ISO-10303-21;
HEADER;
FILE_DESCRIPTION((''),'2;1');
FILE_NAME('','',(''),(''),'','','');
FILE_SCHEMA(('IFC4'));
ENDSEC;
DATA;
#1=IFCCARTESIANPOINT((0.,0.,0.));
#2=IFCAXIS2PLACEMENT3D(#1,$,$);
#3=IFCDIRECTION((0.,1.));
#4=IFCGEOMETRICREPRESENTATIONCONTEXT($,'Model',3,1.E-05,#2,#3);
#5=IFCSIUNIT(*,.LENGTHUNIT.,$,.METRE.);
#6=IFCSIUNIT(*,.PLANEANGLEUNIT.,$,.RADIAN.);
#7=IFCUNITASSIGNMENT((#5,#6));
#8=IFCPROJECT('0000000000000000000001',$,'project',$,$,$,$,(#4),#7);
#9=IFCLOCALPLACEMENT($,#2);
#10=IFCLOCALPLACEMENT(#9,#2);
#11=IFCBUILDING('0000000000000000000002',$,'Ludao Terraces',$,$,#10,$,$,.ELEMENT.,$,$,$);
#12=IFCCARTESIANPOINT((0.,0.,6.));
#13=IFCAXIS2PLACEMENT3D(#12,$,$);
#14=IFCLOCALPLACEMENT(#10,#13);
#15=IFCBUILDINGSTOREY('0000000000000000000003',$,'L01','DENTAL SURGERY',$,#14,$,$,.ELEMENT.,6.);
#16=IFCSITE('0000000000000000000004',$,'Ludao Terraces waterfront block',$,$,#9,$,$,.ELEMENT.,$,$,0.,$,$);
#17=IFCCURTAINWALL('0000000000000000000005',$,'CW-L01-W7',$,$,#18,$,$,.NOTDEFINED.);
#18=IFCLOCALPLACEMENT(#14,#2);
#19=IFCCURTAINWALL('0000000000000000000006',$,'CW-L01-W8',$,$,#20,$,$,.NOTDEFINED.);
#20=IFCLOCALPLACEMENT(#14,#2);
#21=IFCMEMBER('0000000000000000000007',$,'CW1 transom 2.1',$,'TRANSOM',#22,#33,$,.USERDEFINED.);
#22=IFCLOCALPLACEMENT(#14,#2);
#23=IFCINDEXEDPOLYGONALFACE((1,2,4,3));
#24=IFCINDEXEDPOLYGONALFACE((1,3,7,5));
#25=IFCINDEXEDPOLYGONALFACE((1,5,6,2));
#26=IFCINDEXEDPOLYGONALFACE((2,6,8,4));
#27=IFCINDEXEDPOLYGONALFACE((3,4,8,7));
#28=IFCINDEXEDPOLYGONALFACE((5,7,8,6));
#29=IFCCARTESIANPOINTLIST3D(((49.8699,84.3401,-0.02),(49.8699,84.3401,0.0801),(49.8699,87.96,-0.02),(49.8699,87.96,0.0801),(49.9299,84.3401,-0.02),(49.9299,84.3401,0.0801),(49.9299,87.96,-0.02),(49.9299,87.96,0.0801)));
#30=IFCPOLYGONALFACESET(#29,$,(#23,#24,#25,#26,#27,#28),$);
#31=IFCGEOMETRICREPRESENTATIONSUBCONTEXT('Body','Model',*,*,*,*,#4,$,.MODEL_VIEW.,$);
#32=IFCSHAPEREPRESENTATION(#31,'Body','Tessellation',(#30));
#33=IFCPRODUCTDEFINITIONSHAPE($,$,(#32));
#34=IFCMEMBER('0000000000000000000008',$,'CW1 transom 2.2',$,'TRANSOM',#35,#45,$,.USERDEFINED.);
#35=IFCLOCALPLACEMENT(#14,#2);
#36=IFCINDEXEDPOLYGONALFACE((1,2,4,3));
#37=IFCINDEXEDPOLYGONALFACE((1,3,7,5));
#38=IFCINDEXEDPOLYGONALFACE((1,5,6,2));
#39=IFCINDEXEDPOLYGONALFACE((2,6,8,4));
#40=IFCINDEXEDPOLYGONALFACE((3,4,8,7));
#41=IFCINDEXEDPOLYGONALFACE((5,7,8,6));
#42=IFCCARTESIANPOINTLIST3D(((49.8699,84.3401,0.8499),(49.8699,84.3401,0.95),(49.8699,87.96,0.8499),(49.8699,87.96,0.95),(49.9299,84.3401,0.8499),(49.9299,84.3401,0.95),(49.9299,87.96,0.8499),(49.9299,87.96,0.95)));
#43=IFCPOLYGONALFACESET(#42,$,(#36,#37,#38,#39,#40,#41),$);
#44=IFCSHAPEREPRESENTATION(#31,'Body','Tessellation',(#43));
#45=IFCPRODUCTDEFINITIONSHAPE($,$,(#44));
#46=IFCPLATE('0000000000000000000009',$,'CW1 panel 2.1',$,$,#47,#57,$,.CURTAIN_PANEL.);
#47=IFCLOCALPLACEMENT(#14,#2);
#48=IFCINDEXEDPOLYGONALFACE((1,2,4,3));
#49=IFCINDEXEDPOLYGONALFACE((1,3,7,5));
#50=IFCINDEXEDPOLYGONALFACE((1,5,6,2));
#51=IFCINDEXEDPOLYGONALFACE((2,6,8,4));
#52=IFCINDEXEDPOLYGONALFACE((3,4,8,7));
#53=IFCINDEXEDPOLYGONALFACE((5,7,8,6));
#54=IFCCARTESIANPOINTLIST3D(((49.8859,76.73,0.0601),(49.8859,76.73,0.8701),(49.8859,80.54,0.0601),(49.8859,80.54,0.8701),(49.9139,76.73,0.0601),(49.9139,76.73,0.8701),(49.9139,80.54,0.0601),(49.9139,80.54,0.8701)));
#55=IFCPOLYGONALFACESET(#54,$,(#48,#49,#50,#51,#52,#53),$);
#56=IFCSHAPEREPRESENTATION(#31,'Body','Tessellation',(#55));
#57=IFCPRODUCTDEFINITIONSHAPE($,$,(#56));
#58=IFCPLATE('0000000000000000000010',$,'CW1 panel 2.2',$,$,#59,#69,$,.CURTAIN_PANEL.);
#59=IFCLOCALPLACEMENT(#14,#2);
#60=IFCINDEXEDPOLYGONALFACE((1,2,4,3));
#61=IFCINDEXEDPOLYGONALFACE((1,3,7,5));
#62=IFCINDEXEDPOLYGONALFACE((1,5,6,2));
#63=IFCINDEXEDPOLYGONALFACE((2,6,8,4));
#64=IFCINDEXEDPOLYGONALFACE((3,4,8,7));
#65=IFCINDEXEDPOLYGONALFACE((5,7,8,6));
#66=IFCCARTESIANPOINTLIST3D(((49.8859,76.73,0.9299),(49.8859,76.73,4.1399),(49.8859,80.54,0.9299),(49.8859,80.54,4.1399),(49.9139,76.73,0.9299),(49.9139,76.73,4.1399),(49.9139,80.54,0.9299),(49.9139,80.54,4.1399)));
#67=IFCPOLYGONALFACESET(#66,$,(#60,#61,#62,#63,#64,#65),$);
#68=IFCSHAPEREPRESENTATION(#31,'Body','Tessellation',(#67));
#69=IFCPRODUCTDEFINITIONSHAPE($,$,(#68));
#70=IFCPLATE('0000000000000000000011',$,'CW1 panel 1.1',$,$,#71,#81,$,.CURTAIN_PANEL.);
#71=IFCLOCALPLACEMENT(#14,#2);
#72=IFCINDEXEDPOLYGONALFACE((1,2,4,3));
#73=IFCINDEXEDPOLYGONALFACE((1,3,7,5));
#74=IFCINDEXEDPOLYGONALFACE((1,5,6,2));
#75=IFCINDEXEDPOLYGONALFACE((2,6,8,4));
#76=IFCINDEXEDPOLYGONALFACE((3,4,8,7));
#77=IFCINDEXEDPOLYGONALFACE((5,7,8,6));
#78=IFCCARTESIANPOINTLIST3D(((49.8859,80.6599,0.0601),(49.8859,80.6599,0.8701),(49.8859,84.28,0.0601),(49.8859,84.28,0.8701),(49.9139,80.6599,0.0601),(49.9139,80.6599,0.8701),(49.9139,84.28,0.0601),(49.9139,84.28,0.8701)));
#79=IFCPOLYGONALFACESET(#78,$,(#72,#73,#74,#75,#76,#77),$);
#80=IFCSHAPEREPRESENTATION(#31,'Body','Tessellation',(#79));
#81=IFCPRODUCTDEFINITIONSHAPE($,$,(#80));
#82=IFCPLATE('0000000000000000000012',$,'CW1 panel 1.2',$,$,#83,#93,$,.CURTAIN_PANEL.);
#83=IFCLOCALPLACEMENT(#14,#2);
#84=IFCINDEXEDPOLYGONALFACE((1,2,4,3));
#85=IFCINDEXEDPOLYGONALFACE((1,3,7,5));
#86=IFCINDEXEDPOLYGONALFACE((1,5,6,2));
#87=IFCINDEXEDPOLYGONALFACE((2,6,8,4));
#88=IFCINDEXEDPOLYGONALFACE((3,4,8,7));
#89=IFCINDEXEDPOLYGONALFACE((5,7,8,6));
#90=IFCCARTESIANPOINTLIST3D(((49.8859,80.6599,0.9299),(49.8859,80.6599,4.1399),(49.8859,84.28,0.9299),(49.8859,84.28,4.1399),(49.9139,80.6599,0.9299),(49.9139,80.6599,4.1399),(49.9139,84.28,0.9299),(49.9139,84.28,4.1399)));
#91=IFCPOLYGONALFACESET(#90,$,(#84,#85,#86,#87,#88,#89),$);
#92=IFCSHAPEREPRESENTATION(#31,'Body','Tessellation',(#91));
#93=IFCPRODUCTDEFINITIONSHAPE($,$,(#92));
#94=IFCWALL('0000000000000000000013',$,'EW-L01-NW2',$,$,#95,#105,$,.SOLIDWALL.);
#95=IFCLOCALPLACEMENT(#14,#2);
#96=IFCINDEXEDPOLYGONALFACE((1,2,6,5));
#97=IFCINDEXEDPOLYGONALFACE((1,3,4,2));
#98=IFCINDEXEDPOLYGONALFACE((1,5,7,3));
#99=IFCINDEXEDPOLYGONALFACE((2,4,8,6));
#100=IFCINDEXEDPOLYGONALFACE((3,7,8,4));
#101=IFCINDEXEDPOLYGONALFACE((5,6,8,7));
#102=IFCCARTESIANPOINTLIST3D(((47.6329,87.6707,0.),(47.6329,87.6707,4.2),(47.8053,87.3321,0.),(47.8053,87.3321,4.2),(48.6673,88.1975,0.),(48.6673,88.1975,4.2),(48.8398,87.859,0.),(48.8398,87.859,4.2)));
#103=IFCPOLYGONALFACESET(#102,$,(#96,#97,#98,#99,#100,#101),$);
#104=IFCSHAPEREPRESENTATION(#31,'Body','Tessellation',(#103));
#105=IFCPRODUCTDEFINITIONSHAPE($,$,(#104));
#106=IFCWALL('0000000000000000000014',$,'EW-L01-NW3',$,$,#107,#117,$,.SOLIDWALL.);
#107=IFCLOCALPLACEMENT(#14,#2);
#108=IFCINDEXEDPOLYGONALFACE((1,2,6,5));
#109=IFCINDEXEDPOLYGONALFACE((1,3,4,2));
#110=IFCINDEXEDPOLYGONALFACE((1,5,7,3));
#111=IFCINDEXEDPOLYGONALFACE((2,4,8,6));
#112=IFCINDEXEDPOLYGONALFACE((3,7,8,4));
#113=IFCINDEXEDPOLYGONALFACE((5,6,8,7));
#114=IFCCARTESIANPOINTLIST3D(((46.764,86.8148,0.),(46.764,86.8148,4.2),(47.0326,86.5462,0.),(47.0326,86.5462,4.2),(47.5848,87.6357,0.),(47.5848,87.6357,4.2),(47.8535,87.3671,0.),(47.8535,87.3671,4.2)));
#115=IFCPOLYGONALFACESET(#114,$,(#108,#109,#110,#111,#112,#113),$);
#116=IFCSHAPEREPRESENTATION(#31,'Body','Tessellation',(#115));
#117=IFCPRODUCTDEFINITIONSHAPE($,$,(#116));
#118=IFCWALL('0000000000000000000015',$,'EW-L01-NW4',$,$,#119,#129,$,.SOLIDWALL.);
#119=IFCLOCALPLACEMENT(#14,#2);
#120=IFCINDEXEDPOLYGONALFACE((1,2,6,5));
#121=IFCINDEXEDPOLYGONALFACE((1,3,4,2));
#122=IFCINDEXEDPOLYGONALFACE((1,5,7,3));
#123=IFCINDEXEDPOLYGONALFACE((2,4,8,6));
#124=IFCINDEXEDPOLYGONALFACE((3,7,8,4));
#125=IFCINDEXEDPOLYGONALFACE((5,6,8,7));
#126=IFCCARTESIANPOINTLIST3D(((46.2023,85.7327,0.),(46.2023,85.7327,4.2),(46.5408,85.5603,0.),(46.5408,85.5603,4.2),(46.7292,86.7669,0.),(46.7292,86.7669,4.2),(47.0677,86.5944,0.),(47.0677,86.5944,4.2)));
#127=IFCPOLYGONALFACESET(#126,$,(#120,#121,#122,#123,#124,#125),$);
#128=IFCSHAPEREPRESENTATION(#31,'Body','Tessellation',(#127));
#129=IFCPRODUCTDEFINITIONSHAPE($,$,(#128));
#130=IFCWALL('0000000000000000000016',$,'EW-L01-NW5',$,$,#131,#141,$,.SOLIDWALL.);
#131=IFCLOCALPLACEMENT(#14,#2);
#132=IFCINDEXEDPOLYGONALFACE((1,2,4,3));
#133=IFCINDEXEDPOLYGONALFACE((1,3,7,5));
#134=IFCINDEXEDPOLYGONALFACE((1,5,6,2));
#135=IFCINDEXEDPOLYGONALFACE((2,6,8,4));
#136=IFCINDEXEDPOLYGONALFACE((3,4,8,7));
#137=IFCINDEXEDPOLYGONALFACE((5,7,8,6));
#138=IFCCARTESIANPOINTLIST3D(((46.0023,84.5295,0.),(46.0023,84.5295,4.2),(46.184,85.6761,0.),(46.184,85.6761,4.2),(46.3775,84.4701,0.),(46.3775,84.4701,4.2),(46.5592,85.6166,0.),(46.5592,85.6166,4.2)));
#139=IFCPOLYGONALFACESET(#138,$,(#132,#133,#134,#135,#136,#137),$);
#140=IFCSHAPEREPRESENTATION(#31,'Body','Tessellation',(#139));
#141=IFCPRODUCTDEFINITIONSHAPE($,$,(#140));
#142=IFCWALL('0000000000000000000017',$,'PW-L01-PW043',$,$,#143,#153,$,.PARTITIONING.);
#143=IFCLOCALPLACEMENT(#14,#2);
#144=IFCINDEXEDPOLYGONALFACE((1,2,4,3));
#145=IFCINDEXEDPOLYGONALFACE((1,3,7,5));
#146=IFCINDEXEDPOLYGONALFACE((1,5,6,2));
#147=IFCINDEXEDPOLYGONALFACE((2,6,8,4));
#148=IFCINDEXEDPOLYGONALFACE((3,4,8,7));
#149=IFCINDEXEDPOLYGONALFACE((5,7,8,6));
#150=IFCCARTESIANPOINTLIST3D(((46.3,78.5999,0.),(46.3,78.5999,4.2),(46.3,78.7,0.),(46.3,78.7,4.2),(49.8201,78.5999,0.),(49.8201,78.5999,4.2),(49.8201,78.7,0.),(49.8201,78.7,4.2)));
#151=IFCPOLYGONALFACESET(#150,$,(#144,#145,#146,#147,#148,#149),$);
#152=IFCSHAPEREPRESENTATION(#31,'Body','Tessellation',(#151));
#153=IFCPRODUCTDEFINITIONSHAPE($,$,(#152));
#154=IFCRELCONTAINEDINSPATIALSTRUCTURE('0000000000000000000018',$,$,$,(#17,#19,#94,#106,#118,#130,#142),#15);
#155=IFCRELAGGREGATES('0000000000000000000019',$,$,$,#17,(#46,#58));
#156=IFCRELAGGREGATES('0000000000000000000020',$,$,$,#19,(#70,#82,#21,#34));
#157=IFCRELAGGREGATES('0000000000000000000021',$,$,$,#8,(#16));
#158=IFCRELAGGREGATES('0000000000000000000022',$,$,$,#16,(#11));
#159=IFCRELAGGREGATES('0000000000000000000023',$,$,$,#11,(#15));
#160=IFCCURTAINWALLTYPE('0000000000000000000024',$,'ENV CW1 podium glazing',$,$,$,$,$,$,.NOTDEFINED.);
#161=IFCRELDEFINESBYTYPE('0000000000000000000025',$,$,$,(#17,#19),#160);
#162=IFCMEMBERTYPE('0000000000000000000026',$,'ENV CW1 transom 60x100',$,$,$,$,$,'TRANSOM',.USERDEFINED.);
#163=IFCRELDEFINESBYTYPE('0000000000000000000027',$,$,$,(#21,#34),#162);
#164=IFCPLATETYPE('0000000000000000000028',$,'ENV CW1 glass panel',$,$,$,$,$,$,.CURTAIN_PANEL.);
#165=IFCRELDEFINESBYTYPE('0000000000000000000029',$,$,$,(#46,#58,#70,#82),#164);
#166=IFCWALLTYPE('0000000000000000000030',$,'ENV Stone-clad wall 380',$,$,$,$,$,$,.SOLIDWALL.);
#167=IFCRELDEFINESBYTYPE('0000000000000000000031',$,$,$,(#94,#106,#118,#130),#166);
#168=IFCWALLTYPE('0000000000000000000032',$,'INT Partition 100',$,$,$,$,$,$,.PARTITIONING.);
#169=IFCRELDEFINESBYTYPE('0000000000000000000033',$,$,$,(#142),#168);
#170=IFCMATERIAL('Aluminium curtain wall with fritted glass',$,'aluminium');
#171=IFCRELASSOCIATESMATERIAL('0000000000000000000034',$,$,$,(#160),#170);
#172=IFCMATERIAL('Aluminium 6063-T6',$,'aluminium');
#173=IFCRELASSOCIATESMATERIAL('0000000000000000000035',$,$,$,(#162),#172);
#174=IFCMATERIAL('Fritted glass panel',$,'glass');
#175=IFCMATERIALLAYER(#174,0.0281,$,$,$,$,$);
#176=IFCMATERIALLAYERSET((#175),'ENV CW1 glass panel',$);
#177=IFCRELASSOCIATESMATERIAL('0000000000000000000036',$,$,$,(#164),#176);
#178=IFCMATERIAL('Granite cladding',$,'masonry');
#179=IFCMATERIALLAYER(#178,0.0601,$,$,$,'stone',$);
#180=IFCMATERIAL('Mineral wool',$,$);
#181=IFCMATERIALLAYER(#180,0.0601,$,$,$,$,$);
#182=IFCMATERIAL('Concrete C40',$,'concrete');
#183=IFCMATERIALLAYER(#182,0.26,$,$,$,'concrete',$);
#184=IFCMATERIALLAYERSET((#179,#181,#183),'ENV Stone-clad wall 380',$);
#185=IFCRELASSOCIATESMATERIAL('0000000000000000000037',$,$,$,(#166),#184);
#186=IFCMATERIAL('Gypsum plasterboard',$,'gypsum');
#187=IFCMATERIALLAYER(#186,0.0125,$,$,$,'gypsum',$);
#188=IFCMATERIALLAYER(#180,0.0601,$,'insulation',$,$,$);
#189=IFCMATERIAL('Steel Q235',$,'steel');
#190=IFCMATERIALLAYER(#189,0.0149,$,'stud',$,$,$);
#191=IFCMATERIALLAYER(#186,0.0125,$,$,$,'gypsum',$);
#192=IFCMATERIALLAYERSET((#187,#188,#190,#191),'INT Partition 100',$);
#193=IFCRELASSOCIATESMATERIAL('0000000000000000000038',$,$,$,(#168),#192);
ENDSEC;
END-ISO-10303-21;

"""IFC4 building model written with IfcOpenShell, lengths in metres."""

from ifc_helpers import new_model, si_unit, direction, frame, frame_2d, origin, origin_2d, place, context, subcontext, project, spatial, rectangle, extrude, material, layer, layer_set, material_profile, profile_set, type_object, element, aggregate, save


model = new_model("IFC4")

# Units and contexts
model_context = context("Model", 3, precision=1e-05, world=origin(), true_north=direction((0.0, 1.0)))
body_context = subcontext(model_context, "Body", "Model", "MODEL_VIEW")
ifc_project = project(units=[si_unit("LENGTHUNIT", "METRE"), si_unit("PLANEANGLEUNIT", "RADIAN")], contexts=[model_context])

# Site, building, storey
site_placement = place(None, origin())
site = spatial("IfcSite", under=ifc_project, at=site_placement, Name="Ludao Terraces waterfront block", CompositionType="ELEMENT", RefElevation=0.0)
building_placement = place(site_placement, origin())
building = spatial("IfcBuilding", under=site, at=building_placement, Name="Ludao Terraces", CompositionType="ELEMENT")
storey_placement = place(building_placement, frame((0.0, 0.0, 6.0)))
storey = spatial("IfcBuildingStorey", under=building, at=storey_placement, Name="L01", Description="DENTAL SURGERY", CompositionType="ELEMENT", Elevation=6.0)

# Curtain wall
ifc_material_1 = material(Name="Aluminium curtain wall with fritted glass", Category="aluminium")
curtain_wall_type = type_object("IfcCurtainWallType", Name="ENV CW1 podium glazing", PredefinedType="NOTDEFINED", material=ifc_material_1)
curtain_wall_1_placement = place(storey_placement, origin())
curtain_wall_1 = element("IfcCurtainWall", 1, at=curtain_wall_1_placement, inside=storey, type_object=curtain_wall_type, Name="CW-L01-W7", PredefinedType="NOTDEFINED")
ifc_material_2 = material(Name="Aluminium 6063-T6", Category="aluminium")

# Curtain wall
curtain_wall_2_placement = place(storey_placement, origin())
curtain_wall_2 = element("IfcCurtainWall", 2, at=curtain_wall_2_placement, inside=storey, type_object=curtain_wall_type, Name="CW-L01-W8", PredefinedType="NOTDEFINED")

# Members
ifc_material_profile_1 = material_profile(ifc_material_2, rectangle(XDim=0.0601, YDim=0.1001, at=origin_2d()), Name="60 X 100")
ifc_profile_set_1 = profile_set([ifc_material_profile_1], Name="Aluminium 6063-T6")
member_type_1 = type_object("IfcMemberType", Name="ENV CW1 transom 60x100", ElementType="TRANSOM", PredefinedType="USERDEFINED", material=ifc_profile_set_1)
member_1_placement = place(storey_placement, frame((49.8999, 84.3401, 0.03), z_axis=(0.0, 1.0, 0.0), x_axis=(-1.0, 0.0, 0.0)))
member_1 = element("IfcMember", 3, at=member_1_placement, type_object=member_type_1, Name="CW1 transom 2.1", ObjectType="TRANSOM", PredefinedType="USERDEFINED", context=body_context, shape_type="SweptSolid", body=[
    extrude(rectangle(XDim=0.0601, YDim=0.1001, at=origin_2d()), origin(), (0.0, 0.0, 1.0), 3.6199),
])
member_2_placement = place(storey_placement, frame((49.8999, 84.3401, 0.8999), z_axis=(0.0, 1.0, 0.0), x_axis=(-1.0, 0.0, 0.0)))
member_2 = element("IfcMember", 4, at=member_2_placement, type_object=member_type_1, Name="CW1 transom 2.2", ObjectType="TRANSOM", PredefinedType="USERDEFINED", context=body_context, shape_type="SweptSolid", body=[
    extrude(rectangle(XDim=0.0601, YDim=0.1001, at=origin_2d()), origin(), (0.0, 0.0, 1.0), 3.6199),
])

# Plates
ifc_material_3 = material(Name="Fritted glass panel", Category="glass")
ifc_layer_1 = layer(ifc_material_3, 0.0281)
ifc_layer_set_1 = layer_set([ifc_layer_1], Name="ENV CW1 glass panel")
plate_type = type_object("IfcPlateType", Name="ENV CW1 glass panel", PredefinedType="CURTAIN_PANEL", material=ifc_layer_set_1)
plate_1_placement = place(storey_placement, frame((49.8999, 78.635, 0.0601), z_axis=(0.0, 0.0, 1.0), x_axis=(0.0, 1.0, 0.0)))
plate_1 = element("IfcPlate", 5, at=plate_1_placement, type_object=plate_type, Name="CW1 panel 2.1", PredefinedType="CURTAIN_PANEL", context=body_context, shape_type="SweptSolid", body=[
    extrude(rectangle(XDim=3.8101, YDim=0.0281, at=origin_2d()), origin(), (0.0, 0.0, 1.0), 0.8101),
])
plate_2_placement = place(storey_placement, frame((49.8999, 78.635, 0.9299), z_axis=(0.0, 0.0, 1.0), x_axis=(0.0, 1.0, 0.0)))
plate_2 = element("IfcPlate", 6, at=plate_2_placement, type_object=plate_type, Name="CW1 panel 2.2", PredefinedType="CURTAIN_PANEL", context=body_context, shape_type="SweptSolid", body=[
    extrude(rectangle(XDim=3.8101, YDim=0.0281, at=origin_2d()), origin(), (0.0, 0.0, 1.0), 3.21),
])
aggregate(curtain_wall_1, [plate_1, plate_2])
plate_3_placement = place(storey_placement, frame((49.8999, 82.47, 0.0601), z_axis=(0.0, 0.0, 1.0), x_axis=(0.0, 1.0, 0.0)))
plate_3 = element("IfcPlate", 7, at=plate_3_placement, type_object=plate_type, Name="CW1 panel 1.1", PredefinedType="CURTAIN_PANEL", context=body_context, shape_type="SweptSolid", body=[
    extrude(rectangle(XDim=3.6201, YDim=0.0281, at=origin_2d()), origin(), (0.0, 0.0, 1.0), 0.8101),
])
plate_4_placement = place(storey_placement, frame((49.8999, 82.47, 0.9299), z_axis=(0.0, 0.0, 1.0), x_axis=(0.0, 1.0, 0.0)))
plate_4 = element("IfcPlate", 8, at=plate_4_placement, type_object=plate_type, Name="CW1 panel 1.2", PredefinedType="CURTAIN_PANEL", context=body_context, shape_type="SweptSolid", body=[
    extrude(rectangle(XDim=3.6201, YDim=0.0281, at=origin_2d()), origin(), (0.0, 0.0, 1.0), 3.21),
])
aggregate(curtain_wall_2, [plate_3, plate_4, member_1, member_2])

# Walls
ifc_material_4 = material(Name="Granite cladding", Category="masonry")
ifc_layer_2 = layer(ifc_material_4, 0.0601, Category="stone")
ifc_material_5 = material(Name="Mineral wool")
ifc_layer_3 = layer(ifc_material_5, 0.0601)
ifc_material_6 = material(Name="Concrete C40", Category="concrete")
ifc_layer_4 = layer(ifc_material_6, 0.26, Category="concrete")
ifc_layer_set_2 = layer_set([ifc_layer_2, ifc_layer_3, ifc_layer_4], Name="ENV Stone-clad wall 380")
wall_type_1 = type_object("IfcWallType", Name="ENV Stone-clad wall 380", PredefinedType="SOLIDWALL", material=ifc_layer_set_2)
for number, where, z_axis, x_axis, name in (
    (9, (48.7537, 88.0283, 0.0), (0.0, 0.0, 1.0), (-0.89108, -0.453847, 0.0), "EW-L01-NW2"),
    (10, (47.7192, 87.5015, 0.0), (0.0, 0.0, 1.0), (-0.707107, -0.707107, 0.0), "EW-L01-NW3"),
):
    element("IfcWall", number, at=place(storey_placement, frame(where, z_axis=z_axis, x_axis=x_axis)), inside=storey, type_object=wall_type_1, Name=name, PredefinedType="SOLIDWALL", context=body_context, shape_type="SweptSolid", body=[
        extrude(rectangle(XDim=1.1609, YDim=0.3799, at=frame_2d((0.5806, 0.0))), origin(), (0.0, 0.0, 1.0), 4.2),
    ])
wall_1_placement = place(storey_placement, frame((46.8984, 86.6807, 0.0), z_axis=(0.0, 0.0, 1.0), x_axis=(-0.453932, -0.891036, 0.0)))
element("IfcWall", 11, at=wall_1_placement, inside=storey, type_object=wall_type_1, Name="EW-L01-NW4", PredefinedType="SOLIDWALL", context=body_context, shape_type="SweptSolid", body=[
    extrude(rectangle(XDim=1.1606, YDim=0.3799, at=frame_2d((0.5803, 0.0))), origin(), (0.0, 0.0, 1.0), 4.2),
])
wall_2_placement = place(storey_placement, frame((46.3716, 85.6465, 0.0), z_axis=(0.0, 0.0, 1.0), x_axis=(-0.156481, -0.987681, 0.0)))
element("IfcWall", 12, at=wall_2_placement, inside=storey, type_object=wall_type_1, Name="EW-L01-NW5", PredefinedType="SOLIDWALL", context=body_context, shape_type="SweptSolid", body=[
    extrude(rectangle(XDim=1.1609, YDim=0.3799, at=frame_2d((0.5806, 0.0))), origin(), (0.0, 0.0, 1.0), 4.2),
])
ifc_material_7 = material(Name="Gypsum plasterboard", Category="gypsum")
ifc_layer_5 = layer(ifc_material_7, 0.0125, Category="gypsum")
ifc_layer_6 = layer(ifc_material_5, 0.0601, Name="insulation")
ifc_material_8 = material(Name="Steel Q235", Category="steel")
ifc_layer_7 = layer(ifc_material_8, 0.0149, Name="stud")
ifc_layer_8 = layer(ifc_material_7, 0.0125, Category="gypsum")
ifc_layer_set_3 = layer_set([ifc_layer_5, ifc_layer_6, ifc_layer_7, ifc_layer_8], Name="INT Partition 100")
wall_type_2 = type_object("IfcWallType", Name="INT Partition 100", PredefinedType="PARTITIONING", material=ifc_layer_set_3)
wall_3_placement = place(storey_placement, frame((46.3, 78.6499, 0.0), z_axis=(0.0, 0.0, 1.0), x_axis=(1.0, 0.0, 0.0)))
element("IfcWall", 13, at=wall_3_placement, inside=storey, type_object=wall_type_2, Name="PW-L01-PW043", PredefinedType="PARTITIONING", context=body_context, shape_type="SweptSolid", body=[
    extrude(rectangle(XDim=3.52, YDim=0.1001, at=frame_2d((1.76, 0.0))), origin(), (0.0, 0.0, 1.0), 4.2),
])

save(model, "model.ifc")
